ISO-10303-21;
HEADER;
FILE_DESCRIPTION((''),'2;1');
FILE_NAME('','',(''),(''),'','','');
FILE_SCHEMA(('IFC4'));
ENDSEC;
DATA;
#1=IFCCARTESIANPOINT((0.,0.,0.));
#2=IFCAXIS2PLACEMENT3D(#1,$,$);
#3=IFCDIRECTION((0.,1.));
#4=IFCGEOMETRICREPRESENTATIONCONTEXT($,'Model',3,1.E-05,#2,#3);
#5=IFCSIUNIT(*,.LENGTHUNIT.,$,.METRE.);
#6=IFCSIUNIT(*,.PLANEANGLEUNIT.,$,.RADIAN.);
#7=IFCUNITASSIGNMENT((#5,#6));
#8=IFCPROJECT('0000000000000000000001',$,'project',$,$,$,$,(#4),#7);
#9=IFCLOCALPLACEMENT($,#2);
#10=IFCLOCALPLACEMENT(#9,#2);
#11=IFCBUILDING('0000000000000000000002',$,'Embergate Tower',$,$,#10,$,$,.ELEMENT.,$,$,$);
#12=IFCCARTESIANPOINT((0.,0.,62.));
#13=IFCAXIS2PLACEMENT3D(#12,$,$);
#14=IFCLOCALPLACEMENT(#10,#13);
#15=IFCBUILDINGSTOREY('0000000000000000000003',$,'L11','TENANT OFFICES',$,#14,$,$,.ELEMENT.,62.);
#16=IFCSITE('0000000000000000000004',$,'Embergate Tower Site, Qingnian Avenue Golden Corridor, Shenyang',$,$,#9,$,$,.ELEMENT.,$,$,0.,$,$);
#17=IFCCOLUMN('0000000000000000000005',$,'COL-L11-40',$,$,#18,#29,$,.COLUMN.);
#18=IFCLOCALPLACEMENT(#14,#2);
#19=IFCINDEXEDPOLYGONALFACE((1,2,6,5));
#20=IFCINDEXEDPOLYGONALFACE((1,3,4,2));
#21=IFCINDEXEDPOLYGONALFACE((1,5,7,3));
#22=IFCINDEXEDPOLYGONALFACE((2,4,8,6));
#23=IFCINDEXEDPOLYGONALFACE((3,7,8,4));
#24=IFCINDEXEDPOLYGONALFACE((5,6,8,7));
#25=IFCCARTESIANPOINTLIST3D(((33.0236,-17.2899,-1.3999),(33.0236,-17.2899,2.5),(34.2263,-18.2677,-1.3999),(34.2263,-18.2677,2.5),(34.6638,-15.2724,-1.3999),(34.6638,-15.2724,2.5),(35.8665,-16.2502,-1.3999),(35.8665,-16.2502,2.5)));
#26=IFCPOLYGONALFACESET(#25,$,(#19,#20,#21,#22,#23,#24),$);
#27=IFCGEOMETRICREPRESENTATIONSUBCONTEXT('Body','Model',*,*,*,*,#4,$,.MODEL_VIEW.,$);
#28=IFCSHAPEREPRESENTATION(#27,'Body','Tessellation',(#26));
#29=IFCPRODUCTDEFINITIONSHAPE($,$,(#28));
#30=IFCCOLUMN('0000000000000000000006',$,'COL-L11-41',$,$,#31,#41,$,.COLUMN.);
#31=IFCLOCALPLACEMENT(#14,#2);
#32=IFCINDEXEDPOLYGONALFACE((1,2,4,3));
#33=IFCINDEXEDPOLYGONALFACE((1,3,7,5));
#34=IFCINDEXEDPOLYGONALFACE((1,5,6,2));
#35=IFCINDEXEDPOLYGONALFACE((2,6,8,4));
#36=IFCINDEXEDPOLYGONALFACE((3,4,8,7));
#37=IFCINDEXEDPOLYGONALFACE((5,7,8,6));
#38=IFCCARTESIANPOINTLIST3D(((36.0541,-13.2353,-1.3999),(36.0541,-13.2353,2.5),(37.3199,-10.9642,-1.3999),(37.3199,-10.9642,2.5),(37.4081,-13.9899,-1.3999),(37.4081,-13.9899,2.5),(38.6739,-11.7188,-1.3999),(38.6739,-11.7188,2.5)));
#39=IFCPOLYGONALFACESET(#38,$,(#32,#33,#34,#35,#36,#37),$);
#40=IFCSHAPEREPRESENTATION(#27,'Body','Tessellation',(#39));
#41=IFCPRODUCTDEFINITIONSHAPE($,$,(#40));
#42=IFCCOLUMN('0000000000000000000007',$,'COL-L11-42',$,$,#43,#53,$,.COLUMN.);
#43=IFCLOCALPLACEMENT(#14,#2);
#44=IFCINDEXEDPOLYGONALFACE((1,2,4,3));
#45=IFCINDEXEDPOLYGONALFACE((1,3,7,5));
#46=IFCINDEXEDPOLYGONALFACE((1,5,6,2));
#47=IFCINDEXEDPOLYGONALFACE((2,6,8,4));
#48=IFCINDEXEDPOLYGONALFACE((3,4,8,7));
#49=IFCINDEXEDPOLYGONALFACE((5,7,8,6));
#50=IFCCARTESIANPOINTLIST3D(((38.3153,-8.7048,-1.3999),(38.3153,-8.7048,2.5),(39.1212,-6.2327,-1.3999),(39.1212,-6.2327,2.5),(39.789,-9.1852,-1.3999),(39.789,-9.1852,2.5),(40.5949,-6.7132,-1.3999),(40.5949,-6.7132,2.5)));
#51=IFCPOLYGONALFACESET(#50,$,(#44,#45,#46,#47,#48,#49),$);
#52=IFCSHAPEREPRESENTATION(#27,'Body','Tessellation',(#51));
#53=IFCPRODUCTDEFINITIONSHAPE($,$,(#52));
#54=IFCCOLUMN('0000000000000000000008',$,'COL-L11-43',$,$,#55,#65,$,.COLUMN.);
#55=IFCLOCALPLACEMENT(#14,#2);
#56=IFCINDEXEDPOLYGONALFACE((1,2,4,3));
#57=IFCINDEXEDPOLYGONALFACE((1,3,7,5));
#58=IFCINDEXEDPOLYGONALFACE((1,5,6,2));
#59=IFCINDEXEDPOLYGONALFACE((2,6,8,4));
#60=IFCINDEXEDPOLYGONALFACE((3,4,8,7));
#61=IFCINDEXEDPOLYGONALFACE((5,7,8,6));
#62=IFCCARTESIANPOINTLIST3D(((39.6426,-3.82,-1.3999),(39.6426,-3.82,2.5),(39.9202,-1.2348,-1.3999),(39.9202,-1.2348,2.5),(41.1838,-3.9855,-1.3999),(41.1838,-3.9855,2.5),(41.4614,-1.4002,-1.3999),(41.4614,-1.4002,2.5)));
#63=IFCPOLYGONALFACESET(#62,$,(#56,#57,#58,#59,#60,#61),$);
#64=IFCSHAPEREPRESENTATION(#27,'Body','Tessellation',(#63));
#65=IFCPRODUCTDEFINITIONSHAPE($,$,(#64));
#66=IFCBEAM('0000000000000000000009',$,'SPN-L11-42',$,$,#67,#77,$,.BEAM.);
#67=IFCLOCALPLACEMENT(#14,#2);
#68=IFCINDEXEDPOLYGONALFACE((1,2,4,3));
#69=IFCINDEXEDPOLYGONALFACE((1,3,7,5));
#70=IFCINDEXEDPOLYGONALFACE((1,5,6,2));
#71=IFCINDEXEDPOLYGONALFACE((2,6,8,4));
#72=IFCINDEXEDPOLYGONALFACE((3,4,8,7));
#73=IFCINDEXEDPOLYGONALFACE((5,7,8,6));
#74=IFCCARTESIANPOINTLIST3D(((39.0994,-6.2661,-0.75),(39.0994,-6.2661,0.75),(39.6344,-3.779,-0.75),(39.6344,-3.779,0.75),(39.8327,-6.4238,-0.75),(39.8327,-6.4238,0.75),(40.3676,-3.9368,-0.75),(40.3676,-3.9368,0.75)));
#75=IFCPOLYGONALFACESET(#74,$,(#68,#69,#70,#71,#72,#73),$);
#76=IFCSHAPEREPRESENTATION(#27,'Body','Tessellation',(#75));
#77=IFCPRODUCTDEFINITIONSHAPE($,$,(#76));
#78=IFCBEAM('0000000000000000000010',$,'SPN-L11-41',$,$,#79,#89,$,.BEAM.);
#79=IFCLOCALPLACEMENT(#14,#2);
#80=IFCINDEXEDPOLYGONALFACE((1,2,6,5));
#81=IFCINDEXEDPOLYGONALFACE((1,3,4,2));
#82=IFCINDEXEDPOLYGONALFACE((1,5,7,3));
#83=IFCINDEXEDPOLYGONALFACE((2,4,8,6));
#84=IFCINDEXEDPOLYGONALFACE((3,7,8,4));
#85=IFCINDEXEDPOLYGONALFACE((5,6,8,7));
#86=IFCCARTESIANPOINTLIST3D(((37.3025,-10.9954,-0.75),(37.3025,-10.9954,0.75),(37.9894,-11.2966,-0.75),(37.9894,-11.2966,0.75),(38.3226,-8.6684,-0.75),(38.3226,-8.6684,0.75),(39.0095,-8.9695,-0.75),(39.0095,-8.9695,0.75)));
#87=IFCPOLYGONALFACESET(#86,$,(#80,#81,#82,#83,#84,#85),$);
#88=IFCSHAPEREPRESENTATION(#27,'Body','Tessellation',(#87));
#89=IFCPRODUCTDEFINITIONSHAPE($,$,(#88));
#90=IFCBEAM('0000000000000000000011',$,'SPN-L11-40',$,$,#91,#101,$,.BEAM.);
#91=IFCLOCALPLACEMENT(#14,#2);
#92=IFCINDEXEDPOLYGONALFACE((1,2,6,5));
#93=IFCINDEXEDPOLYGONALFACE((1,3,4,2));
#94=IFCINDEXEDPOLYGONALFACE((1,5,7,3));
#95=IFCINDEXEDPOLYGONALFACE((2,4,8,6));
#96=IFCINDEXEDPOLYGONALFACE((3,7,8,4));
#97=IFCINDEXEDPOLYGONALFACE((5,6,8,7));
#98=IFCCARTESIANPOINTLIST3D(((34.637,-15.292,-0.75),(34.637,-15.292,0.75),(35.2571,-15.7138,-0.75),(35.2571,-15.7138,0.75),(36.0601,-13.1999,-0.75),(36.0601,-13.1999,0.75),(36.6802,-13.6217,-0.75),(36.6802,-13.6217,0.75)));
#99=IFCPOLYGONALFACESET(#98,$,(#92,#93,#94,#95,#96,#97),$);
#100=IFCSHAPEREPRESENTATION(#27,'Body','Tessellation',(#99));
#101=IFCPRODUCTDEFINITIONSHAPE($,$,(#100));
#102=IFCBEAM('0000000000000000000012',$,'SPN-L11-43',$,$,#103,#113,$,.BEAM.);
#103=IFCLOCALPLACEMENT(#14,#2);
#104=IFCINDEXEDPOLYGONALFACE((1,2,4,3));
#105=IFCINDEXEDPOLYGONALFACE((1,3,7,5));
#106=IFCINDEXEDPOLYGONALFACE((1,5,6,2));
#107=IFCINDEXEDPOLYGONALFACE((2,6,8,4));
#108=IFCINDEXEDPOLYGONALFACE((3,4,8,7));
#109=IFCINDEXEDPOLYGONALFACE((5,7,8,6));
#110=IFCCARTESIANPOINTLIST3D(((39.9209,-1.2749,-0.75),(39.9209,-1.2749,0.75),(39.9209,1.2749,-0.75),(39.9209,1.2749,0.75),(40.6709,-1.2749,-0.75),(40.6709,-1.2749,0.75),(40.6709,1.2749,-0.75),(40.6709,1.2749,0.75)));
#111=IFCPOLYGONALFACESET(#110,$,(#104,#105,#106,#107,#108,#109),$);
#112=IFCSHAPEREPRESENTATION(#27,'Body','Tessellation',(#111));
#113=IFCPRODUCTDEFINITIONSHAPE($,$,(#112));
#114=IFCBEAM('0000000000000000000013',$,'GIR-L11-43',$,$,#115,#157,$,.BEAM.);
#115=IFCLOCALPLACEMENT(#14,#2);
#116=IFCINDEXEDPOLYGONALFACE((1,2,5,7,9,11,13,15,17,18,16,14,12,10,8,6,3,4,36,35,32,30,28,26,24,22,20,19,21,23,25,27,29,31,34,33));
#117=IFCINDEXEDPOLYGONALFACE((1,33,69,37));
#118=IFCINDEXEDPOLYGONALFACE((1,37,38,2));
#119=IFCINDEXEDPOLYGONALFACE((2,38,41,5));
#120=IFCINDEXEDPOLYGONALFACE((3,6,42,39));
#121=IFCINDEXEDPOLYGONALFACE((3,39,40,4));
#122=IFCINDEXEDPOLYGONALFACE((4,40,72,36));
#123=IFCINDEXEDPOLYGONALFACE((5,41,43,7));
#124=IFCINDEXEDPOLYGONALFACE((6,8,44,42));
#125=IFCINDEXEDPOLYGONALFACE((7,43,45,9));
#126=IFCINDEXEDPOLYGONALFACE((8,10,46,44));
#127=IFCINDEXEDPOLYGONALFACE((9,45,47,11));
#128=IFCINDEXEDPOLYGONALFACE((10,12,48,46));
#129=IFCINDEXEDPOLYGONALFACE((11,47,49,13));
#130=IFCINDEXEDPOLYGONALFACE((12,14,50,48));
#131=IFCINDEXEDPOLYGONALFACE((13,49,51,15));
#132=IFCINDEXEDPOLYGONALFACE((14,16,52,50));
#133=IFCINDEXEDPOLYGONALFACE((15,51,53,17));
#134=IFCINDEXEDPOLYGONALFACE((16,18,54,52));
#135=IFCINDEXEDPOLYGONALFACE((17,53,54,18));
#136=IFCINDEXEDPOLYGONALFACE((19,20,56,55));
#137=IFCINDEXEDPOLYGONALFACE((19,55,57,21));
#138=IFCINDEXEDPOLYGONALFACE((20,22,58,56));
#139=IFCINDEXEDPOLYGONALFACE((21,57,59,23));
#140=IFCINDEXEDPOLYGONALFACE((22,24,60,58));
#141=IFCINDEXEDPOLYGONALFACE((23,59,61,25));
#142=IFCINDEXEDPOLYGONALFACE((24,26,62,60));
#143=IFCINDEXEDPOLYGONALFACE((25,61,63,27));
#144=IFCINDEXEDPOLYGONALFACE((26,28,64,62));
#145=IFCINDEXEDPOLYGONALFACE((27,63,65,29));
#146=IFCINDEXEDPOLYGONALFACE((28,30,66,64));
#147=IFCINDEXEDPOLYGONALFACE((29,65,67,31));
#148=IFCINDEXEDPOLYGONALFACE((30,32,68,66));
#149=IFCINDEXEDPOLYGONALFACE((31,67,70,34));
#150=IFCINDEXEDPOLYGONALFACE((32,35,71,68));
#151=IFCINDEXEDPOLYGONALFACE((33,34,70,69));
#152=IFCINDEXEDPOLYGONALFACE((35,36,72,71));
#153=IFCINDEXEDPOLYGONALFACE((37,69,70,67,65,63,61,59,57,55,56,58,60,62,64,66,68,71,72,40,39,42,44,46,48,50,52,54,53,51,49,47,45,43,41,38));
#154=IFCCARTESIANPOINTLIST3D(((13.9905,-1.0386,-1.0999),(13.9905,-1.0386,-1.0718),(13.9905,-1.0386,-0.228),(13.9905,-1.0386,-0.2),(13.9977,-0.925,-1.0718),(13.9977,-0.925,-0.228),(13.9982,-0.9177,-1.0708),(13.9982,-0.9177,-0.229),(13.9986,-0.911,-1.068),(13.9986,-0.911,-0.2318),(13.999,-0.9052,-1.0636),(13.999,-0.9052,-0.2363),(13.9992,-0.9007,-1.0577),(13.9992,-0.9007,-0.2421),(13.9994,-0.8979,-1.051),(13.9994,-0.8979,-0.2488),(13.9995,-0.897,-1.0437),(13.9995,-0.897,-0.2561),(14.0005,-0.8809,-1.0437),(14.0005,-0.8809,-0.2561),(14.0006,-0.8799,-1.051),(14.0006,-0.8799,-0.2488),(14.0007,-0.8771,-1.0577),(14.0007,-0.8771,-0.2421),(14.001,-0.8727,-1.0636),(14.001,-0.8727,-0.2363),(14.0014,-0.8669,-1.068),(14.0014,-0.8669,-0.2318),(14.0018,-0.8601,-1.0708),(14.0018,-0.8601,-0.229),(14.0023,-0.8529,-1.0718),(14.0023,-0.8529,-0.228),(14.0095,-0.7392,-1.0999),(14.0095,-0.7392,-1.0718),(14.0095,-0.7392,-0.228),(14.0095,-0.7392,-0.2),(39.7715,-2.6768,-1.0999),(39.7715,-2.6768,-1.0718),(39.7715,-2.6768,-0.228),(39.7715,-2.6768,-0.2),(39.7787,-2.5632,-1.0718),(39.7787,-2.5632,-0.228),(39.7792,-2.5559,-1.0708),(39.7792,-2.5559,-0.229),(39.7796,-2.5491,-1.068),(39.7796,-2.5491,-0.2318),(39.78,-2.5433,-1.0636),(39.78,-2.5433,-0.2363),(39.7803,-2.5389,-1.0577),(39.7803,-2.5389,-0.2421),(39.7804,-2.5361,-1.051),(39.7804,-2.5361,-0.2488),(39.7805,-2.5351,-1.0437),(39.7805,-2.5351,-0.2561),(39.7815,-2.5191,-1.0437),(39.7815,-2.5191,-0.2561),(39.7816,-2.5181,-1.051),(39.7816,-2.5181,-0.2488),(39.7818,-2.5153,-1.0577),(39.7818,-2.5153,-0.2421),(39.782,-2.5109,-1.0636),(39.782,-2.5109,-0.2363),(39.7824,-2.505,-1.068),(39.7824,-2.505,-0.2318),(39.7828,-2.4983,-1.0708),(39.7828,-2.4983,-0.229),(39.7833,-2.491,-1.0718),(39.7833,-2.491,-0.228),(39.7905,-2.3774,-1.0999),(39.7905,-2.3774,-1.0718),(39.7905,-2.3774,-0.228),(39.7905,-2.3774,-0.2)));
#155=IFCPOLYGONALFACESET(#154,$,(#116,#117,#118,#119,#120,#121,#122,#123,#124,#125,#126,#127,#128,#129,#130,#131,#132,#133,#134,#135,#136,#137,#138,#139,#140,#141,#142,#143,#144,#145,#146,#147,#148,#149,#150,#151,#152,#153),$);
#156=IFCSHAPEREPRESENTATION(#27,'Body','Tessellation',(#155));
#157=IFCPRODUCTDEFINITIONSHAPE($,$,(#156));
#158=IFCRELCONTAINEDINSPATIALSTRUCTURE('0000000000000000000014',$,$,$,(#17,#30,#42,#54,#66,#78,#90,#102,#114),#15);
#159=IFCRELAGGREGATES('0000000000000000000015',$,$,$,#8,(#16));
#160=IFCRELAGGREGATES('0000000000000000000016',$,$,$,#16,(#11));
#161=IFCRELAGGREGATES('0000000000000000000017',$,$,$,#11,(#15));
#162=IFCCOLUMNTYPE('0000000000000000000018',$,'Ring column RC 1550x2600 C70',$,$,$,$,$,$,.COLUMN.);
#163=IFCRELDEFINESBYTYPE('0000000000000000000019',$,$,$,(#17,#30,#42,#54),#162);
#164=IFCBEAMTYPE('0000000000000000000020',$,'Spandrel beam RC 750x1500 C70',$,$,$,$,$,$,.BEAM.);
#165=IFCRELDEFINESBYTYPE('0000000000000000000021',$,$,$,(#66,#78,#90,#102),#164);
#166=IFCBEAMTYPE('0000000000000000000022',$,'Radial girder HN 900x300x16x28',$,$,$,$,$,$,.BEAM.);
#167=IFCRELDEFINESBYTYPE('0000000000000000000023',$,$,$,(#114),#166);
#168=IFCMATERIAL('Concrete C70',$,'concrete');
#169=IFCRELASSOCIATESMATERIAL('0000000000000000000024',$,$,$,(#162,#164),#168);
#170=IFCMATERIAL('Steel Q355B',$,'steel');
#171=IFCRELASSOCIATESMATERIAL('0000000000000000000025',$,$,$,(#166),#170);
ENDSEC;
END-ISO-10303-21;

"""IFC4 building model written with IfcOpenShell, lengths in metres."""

from ifc_helpers import new_model, si_unit, direction, frame, origin, origin_2d, place, context, subcontext, project, spatial, rectangle, i_section, extrude, source, transform, mapped, material, material_profile, profile_set, type_object, element, save


model = new_model("IFC4")

# Units and contexts
model_context = context("Model", 3, precision=1e-05, world=origin(), true_north=direction((0.0, 1.0)))
body_context = subcontext(model_context, "Body", "Model", "MODEL_VIEW")
ifc_project = project(units=[si_unit("LENGTHUNIT", "METRE"), si_unit("PLANEANGLEUNIT", "RADIAN")], contexts=[model_context])

# Site, building, storey
site_placement = place(None, origin())
site = spatial("IfcSite", under=ifc_project, at=site_placement, Name="Embergate Tower Site, Qingnian Avenue Golden Corridor, Shenyang", CompositionType="ELEMENT", RefElevation=0.0)
building_placement = place(site_placement, origin())
building = spatial("IfcBuilding", under=site, at=building_placement, Name="Embergate Tower", CompositionType="ELEMENT")
storey_placement = place(building_placement, frame((0.0, 0.0, 62.0)))
storey = spatial("IfcBuildingStorey", under=building, at=storey_placement, Name="L11", Description="TENANT OFFICES", CompositionType="ELEMENT", Elevation=62.0)

# Columns
ifc_material_1 = material(Name="Concrete C70", Category="concrete")
ifc_material_profile_1 = material_profile(ifc_material_1, rectangle(XDim=1.55, YDim=2.6001, at=origin_2d()), Name="RC 1550x2600")
ifc_profile_set_1 = profile_set([ifc_material_profile_1], Name="Concrete C70")
column_type = type_object("IfcColumnType", Name="Ring column RC 1550x2600 C70", PredefinedType="COLUMN", material=ifc_profile_set_1)
shared_shape_1 = source(origin(), body_context, "Body", "SweptSolid", [
    extrude(rectangle(XDim=1.55, YDim=2.6001, at=origin_2d()), origin(), (0.0, 0.0, 1.0), 3.8999),
])
for number, where, z_axis, x_axis, name in (
    (1, (34.4451, -16.77, -1.3999), (0.0, 0.0, 1.0), (0.775925, -0.630825, 0.0), "COL-L11-40"),
    (2, (37.364, -12.4771, -1.3999), (0.0, 0.0, 1.0), (0.8735, -0.486823, 0.0), "COL-L11-41"),
    (3, (39.4551, -7.709, -1.3999), (0.0, 0.0, 1.0), (0.950754, -0.309946, 0.0), "COL-L11-42"),
    (4, (40.552, -2.6101, -1.3999), (0.0, 0.0, 1.0), (0.994286, -0.10675, 0.0), "COL-L11-43"),
):
    element("IfcColumn", number, at=place(storey_placement, frame(where, z_axis=z_axis, x_axis=x_axis)), inside=storey, type_object=column_type, Name=name, PredefinedType="COLUMN", context=body_context, shape_type="MappedRepresentation", body=[
        mapped(shared_shape_1, transform((0.0, 0.0, 0.0))),
    ])

# Beams
ifc_material_profile_2 = material_profile(ifc_material_1, rectangle(XDim=0.75, YDim=1.5, at=origin_2d()), Name="RC 750x1500")
ifc_profile_set_2 = profile_set([ifc_material_profile_2], Name="Concrete C70")
beam_type_1 = type_object("IfcBeamType", Name="Spandrel beam RC 750x1500 C70", PredefinedType="BEAM", material=ifc_profile_set_2)
shared_shape_2 = source(origin(), body_context, "Body", "SweptSolid", [
    extrude(rectangle(XDim=0.75, YDim=1.5, at=origin_2d()), origin(), (0.0, 0.0, 1.0), 2.5439),
])
beam_1_placement = place(storey_placement, frame((39.4661, -6.345, 0.0), z_axis=(0.21027, 0.977643, 0.0), x_axis=(-0.977643, 0.21027, 0.0)))
element("IfcBeam", 5, at=beam_1_placement, inside=storey, type_object=beam_type_1, Name="SPN-L11-42", PredefinedType="BEAM", context=body_context, shape_type="MappedRepresentation", body=[
    mapped(shared_shape_2, transform((0.0, 0.0, 0.0))),
])
shared_shape_3 = source(origin(), body_context, "Body", "SweptSolid", [
    extrude(rectangle(XDim=0.75, YDim=1.5, at=origin_2d()), origin(), (0.0, 0.0, 1.0), 2.5408),
])
beam_2_placement = place(storey_placement, frame((37.646, -11.146, 0.0), z_axis=(0.401479, 0.915868, 0.0), x_axis=(-0.915868, 0.401479, 0.0)))
element("IfcBeam", 6, at=beam_2_placement, inside=storey, type_object=beam_type_1, Name="SPN-L11-41", PredefinedType="BEAM", context=body_context, shape_type="MappedRepresentation", body=[
    mapped(shared_shape_3, transform((0.0, 0.0, 0.0))),
])
shared_shape_4 = source(origin(), body_context, "Body", "SweptSolid", [
    extrude(rectangle(XDim=0.75, YDim=1.5, at=origin_2d()), origin(), (0.0, 0.0, 1.0), 2.5303),
])
beam_3_placement = place(storey_placement, frame((34.947, -15.5029, 0.0), z_axis=(0.562447, 0.826833, 0.0), x_axis=(-0.826833, 0.562447, 0.0)))
element("IfcBeam", 7, at=beam_3_placement, inside=storey, type_object=beam_type_1, Name="SPN-L11-40", PredefinedType="BEAM", context=body_context, shape_type="MappedRepresentation", body=[
    mapped(shared_shape_4, transform((0.0, 0.0, 0.0))),
])
shared_shape_5 = source(origin(), body_context, "Body", "SweptSolid", [
    extrude(rectangle(XDim=0.75, YDim=1.5, at=origin_2d()), origin(), (0.0, 0.0, 1.0), 2.5498),
])
beam_4_placement = place(storey_placement, frame((40.2959, -1.2749, 0.0), z_axis=(0.0, 1.0, 0.0), x_axis=(-1.0, 0.0, 0.0)))
element("IfcBeam", 8, at=beam_4_placement, inside=storey, type_object=beam_type_1, Name="SPN-L11-43", PredefinedType="BEAM", context=body_context, shape_type="MappedRepresentation", body=[
    mapped(shared_shape_5, transform((0.0, 0.0, 0.0))),
])
ifc_material_2 = material(Name="Steel Q355B", Category="steel")
ifc_material_profile_3 = material_profile(ifc_material_2, i_section(OverallWidth=0.3, OverallDepth=0.8999, WebThickness=0.0161, FlangeThickness=0.0281, FilletRadius=0.0281, at=origin_2d()), Name="HN 900x300x16x28")
ifc_profile_set_3 = profile_set([ifc_material_profile_3], Name="Steel Q355 grade B")
beam_type_2 = type_object("IfcBeamType", Name="Radial girder HN 900x300x16x28", PredefinedType="BEAM", material=ifc_profile_set_3)
shared_shape_6 = source(origin(), body_context, "Body", "SweptSolid", [
    extrude(i_section(OverallWidth=0.3, OverallDepth=0.8999, WebThickness=0.0161, FlangeThickness=0.0281, FilletRadius=0.0281, at=origin_2d()), origin(), (0.0, 0.0, 1.0), 25.833),
])
beam_5_placement = place(storey_placement, frame((39.781, -2.5271, -0.6499), z_axis=(-0.997987, 0.063414, 0.0), x_axis=(-0.063414, -0.997987, 0.0)))
element("IfcBeam", 9, at=beam_5_placement, inside=storey, type_object=beam_type_2, Name="GIR-L11-43", PredefinedType="BEAM", context=body_context, shape_type="MappedRepresentation", body=[
    mapped(shared_shape_6, transform((0.0, 0.0, 0.0))),
])

save(model, "model.ifc")
